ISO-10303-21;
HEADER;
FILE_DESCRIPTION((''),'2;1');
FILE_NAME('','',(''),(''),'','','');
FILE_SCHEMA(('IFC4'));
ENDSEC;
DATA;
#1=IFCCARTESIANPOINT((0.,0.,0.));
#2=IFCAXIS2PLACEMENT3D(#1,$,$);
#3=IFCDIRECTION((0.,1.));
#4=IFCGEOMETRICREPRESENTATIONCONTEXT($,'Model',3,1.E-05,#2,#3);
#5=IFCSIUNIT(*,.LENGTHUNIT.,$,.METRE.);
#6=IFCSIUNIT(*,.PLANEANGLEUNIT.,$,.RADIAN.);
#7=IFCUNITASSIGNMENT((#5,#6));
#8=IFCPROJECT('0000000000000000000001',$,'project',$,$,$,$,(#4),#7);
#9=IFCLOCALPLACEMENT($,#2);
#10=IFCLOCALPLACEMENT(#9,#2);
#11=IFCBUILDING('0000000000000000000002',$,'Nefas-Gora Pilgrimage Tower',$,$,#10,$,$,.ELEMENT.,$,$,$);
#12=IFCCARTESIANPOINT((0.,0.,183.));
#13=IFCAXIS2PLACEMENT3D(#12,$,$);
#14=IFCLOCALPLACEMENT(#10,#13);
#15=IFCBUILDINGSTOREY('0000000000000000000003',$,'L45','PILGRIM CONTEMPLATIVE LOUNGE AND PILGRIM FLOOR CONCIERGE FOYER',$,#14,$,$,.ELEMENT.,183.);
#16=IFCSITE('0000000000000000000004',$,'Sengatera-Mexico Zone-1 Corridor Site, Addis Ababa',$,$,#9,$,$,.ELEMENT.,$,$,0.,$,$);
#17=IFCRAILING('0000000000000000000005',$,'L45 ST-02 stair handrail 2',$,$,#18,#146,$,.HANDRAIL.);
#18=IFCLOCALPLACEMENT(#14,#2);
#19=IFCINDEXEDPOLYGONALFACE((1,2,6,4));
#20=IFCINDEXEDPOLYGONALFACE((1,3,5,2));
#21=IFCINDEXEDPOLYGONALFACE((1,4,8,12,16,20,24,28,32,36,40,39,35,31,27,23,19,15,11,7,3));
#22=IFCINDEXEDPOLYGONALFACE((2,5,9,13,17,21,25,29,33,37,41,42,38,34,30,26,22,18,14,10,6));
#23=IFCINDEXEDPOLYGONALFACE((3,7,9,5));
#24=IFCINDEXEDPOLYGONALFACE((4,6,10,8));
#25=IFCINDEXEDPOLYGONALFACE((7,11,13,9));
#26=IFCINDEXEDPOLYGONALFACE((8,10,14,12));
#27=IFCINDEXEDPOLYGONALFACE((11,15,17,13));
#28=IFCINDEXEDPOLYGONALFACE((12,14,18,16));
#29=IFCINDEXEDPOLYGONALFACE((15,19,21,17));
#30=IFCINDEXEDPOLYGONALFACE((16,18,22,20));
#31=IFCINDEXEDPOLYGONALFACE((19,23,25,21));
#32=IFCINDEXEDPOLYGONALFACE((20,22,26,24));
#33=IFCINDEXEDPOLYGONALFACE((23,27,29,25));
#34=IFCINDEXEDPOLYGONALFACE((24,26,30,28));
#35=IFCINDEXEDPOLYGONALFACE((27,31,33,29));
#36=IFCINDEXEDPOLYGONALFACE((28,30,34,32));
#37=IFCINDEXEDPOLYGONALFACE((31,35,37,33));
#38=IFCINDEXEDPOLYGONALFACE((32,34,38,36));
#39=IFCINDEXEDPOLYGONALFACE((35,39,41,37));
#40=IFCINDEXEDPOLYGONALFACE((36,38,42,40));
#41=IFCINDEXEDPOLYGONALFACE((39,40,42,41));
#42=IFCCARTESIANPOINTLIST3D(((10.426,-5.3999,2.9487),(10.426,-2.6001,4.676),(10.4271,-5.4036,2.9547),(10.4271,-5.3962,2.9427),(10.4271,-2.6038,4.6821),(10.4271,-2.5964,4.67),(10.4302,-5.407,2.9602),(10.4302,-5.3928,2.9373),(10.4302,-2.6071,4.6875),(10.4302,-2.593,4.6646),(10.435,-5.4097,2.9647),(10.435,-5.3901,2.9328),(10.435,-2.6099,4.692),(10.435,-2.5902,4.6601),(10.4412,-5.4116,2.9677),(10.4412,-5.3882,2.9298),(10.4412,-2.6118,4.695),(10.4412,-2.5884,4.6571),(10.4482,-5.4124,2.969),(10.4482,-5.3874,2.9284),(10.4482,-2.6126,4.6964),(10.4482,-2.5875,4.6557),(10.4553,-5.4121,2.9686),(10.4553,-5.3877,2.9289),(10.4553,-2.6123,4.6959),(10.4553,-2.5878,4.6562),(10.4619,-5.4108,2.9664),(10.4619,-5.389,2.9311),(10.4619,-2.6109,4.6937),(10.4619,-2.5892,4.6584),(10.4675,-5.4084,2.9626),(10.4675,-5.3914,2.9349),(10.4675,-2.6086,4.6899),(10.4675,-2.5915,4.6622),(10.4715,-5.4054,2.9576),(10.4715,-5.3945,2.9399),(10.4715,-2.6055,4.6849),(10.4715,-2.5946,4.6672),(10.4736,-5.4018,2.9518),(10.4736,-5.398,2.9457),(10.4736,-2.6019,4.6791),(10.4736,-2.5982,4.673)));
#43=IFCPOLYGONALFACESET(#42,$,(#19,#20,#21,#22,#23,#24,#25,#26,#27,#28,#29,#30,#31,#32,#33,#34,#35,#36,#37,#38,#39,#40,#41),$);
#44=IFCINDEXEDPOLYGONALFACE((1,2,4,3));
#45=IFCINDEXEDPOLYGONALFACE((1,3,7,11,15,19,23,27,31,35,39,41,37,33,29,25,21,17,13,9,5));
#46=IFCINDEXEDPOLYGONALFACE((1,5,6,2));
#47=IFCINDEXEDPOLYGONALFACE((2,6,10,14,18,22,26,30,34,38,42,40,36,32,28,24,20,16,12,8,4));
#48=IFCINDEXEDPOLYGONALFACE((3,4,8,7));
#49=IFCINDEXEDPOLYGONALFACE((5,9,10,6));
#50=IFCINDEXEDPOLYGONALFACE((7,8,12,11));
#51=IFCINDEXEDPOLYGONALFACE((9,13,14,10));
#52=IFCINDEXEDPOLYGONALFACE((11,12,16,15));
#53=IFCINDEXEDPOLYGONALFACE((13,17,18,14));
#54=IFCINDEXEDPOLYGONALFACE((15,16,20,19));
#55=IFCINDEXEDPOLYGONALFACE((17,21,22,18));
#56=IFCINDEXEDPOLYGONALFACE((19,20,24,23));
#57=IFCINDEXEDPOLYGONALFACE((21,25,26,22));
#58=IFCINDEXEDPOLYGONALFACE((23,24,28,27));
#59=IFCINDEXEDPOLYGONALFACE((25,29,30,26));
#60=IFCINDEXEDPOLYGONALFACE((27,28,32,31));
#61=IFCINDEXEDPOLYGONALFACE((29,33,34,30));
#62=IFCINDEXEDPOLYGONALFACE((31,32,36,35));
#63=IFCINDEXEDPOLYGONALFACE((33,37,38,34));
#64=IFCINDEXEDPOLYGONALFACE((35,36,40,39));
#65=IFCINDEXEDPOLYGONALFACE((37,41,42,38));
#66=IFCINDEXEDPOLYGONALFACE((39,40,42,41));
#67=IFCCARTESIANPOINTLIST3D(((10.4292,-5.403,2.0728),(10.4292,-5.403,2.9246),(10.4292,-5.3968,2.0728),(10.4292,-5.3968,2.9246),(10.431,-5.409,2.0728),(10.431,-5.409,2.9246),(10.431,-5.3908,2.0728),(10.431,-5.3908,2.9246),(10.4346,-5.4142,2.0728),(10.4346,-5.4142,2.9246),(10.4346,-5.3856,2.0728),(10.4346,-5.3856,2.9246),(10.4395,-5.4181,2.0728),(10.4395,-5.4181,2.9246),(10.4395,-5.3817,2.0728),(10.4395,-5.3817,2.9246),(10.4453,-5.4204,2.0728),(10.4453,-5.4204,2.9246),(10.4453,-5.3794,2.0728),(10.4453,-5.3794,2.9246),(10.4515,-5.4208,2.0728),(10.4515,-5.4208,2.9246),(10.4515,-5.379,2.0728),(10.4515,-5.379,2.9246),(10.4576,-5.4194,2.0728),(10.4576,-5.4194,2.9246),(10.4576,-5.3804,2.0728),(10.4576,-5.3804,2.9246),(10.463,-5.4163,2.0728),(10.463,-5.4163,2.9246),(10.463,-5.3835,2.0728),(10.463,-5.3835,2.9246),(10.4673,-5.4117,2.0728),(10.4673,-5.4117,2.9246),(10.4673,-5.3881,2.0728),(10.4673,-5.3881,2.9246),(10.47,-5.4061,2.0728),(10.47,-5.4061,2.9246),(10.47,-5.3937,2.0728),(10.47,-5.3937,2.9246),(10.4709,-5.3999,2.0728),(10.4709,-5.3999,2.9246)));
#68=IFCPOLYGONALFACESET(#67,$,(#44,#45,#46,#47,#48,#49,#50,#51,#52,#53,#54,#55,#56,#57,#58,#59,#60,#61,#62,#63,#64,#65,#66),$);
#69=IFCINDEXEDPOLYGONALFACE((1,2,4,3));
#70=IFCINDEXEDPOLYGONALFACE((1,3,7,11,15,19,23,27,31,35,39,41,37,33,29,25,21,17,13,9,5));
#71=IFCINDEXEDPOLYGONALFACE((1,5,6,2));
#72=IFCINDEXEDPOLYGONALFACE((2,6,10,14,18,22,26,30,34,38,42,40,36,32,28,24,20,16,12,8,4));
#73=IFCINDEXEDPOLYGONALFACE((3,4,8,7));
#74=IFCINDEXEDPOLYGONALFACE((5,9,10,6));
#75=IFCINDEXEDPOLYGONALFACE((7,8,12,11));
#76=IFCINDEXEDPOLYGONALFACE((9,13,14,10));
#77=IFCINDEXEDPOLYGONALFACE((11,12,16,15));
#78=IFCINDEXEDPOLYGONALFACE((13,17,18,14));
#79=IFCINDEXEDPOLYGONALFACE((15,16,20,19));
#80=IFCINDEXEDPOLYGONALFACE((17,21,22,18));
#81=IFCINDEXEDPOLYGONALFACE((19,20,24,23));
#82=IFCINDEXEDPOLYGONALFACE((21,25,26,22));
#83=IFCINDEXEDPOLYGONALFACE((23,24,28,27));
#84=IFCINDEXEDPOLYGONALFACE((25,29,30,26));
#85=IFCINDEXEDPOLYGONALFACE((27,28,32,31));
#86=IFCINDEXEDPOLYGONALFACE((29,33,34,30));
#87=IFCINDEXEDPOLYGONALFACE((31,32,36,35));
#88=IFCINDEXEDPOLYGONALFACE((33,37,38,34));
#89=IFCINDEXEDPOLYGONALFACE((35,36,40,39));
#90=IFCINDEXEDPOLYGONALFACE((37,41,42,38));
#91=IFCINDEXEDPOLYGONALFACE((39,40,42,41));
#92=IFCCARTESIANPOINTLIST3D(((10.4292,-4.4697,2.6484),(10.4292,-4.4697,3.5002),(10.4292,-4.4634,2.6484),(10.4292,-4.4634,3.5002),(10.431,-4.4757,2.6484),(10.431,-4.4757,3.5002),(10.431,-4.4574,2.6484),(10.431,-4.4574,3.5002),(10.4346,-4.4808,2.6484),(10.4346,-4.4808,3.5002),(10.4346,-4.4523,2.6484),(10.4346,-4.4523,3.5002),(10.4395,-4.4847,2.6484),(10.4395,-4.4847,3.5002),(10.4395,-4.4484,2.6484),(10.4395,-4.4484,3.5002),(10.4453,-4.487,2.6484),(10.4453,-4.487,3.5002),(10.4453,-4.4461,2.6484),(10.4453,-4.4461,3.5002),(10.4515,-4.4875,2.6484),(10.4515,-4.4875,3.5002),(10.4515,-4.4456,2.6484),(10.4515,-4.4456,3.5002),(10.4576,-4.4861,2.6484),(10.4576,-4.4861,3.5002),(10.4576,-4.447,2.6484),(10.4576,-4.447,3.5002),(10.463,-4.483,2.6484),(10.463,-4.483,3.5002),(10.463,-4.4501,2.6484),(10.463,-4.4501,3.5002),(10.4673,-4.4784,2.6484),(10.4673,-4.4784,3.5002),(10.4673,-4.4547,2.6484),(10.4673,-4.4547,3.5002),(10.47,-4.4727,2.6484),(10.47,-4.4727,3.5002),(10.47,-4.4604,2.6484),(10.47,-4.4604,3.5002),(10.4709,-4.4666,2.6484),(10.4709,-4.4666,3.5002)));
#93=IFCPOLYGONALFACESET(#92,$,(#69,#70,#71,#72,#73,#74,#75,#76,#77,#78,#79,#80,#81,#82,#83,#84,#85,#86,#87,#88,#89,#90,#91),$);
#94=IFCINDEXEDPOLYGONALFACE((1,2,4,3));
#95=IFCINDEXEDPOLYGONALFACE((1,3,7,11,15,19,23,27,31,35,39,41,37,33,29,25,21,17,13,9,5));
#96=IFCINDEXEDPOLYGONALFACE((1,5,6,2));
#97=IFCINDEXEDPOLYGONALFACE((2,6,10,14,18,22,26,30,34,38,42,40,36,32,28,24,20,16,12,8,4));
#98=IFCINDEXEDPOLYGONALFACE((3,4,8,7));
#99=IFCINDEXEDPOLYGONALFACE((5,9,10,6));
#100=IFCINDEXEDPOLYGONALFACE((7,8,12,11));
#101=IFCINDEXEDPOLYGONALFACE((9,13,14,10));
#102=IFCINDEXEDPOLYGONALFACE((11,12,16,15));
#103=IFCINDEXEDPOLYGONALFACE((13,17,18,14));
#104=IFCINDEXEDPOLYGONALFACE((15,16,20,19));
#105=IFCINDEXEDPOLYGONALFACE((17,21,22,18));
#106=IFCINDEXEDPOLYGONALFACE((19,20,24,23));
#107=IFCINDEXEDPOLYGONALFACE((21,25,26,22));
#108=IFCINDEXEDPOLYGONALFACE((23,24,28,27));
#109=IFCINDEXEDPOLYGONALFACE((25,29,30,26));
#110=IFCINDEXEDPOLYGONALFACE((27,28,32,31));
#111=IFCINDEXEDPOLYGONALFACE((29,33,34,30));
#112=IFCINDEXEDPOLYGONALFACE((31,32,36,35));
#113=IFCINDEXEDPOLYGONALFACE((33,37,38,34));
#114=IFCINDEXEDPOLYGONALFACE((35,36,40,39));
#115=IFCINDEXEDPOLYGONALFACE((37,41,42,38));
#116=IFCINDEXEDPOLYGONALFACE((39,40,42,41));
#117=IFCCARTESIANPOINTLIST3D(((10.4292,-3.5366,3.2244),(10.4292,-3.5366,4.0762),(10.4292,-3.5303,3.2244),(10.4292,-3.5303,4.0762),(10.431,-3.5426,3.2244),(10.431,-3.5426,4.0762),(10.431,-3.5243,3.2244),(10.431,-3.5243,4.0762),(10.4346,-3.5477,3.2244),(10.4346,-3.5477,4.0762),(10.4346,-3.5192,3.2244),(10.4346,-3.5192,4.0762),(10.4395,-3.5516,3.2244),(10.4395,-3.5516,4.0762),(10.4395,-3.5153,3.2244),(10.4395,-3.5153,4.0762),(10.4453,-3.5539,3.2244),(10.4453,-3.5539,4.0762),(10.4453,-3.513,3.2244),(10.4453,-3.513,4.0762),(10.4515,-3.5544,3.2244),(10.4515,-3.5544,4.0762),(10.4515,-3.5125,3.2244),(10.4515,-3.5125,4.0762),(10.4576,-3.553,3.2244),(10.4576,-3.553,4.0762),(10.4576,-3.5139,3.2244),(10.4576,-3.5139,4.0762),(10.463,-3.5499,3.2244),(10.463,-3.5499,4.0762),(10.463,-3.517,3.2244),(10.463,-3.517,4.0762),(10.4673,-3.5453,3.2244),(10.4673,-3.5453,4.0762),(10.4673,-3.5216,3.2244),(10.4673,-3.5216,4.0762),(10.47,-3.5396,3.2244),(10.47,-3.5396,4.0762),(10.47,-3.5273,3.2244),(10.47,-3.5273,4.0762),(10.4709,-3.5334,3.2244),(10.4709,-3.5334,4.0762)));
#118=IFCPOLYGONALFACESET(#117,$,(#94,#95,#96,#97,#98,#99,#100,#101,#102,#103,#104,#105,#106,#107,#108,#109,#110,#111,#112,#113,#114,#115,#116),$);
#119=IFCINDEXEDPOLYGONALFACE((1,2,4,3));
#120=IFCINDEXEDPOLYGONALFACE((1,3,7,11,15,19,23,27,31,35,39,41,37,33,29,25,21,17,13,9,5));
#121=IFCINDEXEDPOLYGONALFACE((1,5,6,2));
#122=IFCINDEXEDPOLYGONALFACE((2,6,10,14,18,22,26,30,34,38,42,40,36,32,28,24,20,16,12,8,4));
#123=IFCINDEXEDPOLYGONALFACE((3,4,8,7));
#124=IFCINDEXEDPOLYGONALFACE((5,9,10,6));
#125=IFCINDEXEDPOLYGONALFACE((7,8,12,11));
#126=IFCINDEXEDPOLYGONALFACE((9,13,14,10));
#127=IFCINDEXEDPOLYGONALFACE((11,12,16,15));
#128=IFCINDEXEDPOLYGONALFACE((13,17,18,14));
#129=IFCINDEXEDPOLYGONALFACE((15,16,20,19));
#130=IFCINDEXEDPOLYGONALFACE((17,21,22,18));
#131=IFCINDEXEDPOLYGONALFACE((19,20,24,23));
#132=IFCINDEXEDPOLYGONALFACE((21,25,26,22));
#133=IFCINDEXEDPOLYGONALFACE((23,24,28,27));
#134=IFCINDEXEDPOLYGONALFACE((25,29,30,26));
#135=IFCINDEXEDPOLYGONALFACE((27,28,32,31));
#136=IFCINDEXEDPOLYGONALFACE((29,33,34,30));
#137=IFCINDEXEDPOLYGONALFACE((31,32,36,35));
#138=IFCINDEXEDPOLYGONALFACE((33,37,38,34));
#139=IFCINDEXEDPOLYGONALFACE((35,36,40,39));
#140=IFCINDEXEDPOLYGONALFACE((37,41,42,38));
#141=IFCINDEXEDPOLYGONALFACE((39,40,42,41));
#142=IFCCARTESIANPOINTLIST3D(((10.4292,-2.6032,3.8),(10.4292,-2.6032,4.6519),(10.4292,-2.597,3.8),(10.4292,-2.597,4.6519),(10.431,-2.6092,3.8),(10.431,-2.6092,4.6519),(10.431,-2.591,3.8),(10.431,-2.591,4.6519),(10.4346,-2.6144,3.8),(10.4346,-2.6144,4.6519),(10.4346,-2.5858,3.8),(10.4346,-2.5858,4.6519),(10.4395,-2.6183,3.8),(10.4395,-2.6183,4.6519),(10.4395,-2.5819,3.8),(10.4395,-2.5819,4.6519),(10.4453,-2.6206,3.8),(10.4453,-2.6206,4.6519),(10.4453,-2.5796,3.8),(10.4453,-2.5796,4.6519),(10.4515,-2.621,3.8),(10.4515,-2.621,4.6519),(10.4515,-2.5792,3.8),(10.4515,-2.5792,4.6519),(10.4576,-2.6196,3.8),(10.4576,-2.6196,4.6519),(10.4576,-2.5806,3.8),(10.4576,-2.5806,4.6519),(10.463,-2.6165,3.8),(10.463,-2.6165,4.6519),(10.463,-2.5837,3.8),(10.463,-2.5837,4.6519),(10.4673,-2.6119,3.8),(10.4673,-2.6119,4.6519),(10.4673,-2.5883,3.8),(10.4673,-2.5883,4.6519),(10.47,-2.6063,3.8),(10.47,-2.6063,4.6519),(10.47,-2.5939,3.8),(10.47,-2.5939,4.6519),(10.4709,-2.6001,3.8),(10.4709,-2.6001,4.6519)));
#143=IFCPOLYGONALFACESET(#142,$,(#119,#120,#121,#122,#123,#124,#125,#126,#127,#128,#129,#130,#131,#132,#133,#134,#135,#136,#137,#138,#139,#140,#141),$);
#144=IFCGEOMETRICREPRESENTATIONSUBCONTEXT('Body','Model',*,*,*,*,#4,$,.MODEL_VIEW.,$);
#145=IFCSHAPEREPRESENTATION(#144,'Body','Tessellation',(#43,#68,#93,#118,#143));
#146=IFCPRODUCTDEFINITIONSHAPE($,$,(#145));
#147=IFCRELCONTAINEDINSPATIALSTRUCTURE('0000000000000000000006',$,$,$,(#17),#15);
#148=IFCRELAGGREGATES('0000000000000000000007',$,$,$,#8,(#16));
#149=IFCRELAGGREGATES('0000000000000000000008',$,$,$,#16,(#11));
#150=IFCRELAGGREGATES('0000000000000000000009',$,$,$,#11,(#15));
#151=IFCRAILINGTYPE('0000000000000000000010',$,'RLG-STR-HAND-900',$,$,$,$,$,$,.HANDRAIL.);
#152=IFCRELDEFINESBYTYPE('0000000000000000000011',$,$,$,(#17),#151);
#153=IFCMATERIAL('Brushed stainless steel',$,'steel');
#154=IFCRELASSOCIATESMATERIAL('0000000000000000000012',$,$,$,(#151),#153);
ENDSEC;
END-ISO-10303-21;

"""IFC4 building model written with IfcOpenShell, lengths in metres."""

from ifc_helpers import new_model, si_unit, direction, frame, origin, origin_2d, place, context, subcontext, project, spatial, circle, extrude, material, type_object, element, save


model = new_model("IFC4")

# Units and contexts
model_context = context("Model", 3, precision=1e-05, world=origin(), true_north=direction((0.0, 1.0)))
body_context = subcontext(model_context, "Body", "Model", "MODEL_VIEW")
ifc_project = project(units=[si_unit("LENGTHUNIT", "METRE"), si_unit("PLANEANGLEUNIT", "RADIAN")], contexts=[model_context])

# Site, building, storey
site_placement = place(None, origin())
site = spatial("IfcSite", under=ifc_project, at=site_placement, Name="Sengatera-Mexico Zone-1 Corridor Site, Addis Ababa", CompositionType="ELEMENT", RefElevation=0.0)
building_placement = place(site_placement, origin())
building = spatial("IfcBuilding", under=site, at=building_placement, Name="Nefas-Gora Pilgrimage Tower", CompositionType="ELEMENT")
storey_placement = place(building_placement, frame((0.0, 0.0, 183.0)))
storey = spatial("IfcBuildingStorey", under=building, at=storey_placement, Name="L45", Description="PILGRIM CONTEMPLATIVE LOUNGE AND PILGRIM FLOOR CONCIERGE FOYER", CompositionType="ELEMENT", Elevation=183.0)

# Railing
ifc_material_1 = material(Name="Brushed stainless steel", Category="steel")
railing_type_1 = type_object("IfcRailingType", Name="RLG-STR-HAND-900", PredefinedType="HANDRAIL", material=ifc_material_1)
railing_1_placement = place(storey_placement, frame((10.45, -5.3999, 2.0728)))
element("IfcRailing", 1, at=railing_1_placement, inside=storey, type_object=railing_type_1, Name="L45 ST-02 stair handrail 2", PredefinedType="HANDRAIL", context=body_context, shape_type="SweptSolid", body=[
    extrude(circle(Radius=0.0239, at=origin_2d()), frame((0.0, 0.0, 0.876), z_axis=(0.0, 0.851069, 0.525054), x_axis=(-1.0, 0.0, 0.0)), (0.0, 0.0, 1.0), 3.2898),
    extrude(circle(Radius=0.021, at=origin_2d()), origin(), (0.0, 0.0, 1.0), 0.8518),
    extrude(circle(Radius=0.021, at=origin_2d()), frame((0.0, 0.9333, 0.5757)), (0.0, 0.0, 1.0), 0.8518),
    extrude(circle(Radius=0.021, at=origin_2d()), frame((0.0, 1.8665, 1.1516)), (0.0, 0.0, 1.0), 0.8518),
    extrude(circle(Radius=0.021, at=origin_2d()), frame((0.0, 2.7998, 1.7273)), (0.0, 0.0, 1.0), 0.8518),
])

save(model, "model.ifc")
